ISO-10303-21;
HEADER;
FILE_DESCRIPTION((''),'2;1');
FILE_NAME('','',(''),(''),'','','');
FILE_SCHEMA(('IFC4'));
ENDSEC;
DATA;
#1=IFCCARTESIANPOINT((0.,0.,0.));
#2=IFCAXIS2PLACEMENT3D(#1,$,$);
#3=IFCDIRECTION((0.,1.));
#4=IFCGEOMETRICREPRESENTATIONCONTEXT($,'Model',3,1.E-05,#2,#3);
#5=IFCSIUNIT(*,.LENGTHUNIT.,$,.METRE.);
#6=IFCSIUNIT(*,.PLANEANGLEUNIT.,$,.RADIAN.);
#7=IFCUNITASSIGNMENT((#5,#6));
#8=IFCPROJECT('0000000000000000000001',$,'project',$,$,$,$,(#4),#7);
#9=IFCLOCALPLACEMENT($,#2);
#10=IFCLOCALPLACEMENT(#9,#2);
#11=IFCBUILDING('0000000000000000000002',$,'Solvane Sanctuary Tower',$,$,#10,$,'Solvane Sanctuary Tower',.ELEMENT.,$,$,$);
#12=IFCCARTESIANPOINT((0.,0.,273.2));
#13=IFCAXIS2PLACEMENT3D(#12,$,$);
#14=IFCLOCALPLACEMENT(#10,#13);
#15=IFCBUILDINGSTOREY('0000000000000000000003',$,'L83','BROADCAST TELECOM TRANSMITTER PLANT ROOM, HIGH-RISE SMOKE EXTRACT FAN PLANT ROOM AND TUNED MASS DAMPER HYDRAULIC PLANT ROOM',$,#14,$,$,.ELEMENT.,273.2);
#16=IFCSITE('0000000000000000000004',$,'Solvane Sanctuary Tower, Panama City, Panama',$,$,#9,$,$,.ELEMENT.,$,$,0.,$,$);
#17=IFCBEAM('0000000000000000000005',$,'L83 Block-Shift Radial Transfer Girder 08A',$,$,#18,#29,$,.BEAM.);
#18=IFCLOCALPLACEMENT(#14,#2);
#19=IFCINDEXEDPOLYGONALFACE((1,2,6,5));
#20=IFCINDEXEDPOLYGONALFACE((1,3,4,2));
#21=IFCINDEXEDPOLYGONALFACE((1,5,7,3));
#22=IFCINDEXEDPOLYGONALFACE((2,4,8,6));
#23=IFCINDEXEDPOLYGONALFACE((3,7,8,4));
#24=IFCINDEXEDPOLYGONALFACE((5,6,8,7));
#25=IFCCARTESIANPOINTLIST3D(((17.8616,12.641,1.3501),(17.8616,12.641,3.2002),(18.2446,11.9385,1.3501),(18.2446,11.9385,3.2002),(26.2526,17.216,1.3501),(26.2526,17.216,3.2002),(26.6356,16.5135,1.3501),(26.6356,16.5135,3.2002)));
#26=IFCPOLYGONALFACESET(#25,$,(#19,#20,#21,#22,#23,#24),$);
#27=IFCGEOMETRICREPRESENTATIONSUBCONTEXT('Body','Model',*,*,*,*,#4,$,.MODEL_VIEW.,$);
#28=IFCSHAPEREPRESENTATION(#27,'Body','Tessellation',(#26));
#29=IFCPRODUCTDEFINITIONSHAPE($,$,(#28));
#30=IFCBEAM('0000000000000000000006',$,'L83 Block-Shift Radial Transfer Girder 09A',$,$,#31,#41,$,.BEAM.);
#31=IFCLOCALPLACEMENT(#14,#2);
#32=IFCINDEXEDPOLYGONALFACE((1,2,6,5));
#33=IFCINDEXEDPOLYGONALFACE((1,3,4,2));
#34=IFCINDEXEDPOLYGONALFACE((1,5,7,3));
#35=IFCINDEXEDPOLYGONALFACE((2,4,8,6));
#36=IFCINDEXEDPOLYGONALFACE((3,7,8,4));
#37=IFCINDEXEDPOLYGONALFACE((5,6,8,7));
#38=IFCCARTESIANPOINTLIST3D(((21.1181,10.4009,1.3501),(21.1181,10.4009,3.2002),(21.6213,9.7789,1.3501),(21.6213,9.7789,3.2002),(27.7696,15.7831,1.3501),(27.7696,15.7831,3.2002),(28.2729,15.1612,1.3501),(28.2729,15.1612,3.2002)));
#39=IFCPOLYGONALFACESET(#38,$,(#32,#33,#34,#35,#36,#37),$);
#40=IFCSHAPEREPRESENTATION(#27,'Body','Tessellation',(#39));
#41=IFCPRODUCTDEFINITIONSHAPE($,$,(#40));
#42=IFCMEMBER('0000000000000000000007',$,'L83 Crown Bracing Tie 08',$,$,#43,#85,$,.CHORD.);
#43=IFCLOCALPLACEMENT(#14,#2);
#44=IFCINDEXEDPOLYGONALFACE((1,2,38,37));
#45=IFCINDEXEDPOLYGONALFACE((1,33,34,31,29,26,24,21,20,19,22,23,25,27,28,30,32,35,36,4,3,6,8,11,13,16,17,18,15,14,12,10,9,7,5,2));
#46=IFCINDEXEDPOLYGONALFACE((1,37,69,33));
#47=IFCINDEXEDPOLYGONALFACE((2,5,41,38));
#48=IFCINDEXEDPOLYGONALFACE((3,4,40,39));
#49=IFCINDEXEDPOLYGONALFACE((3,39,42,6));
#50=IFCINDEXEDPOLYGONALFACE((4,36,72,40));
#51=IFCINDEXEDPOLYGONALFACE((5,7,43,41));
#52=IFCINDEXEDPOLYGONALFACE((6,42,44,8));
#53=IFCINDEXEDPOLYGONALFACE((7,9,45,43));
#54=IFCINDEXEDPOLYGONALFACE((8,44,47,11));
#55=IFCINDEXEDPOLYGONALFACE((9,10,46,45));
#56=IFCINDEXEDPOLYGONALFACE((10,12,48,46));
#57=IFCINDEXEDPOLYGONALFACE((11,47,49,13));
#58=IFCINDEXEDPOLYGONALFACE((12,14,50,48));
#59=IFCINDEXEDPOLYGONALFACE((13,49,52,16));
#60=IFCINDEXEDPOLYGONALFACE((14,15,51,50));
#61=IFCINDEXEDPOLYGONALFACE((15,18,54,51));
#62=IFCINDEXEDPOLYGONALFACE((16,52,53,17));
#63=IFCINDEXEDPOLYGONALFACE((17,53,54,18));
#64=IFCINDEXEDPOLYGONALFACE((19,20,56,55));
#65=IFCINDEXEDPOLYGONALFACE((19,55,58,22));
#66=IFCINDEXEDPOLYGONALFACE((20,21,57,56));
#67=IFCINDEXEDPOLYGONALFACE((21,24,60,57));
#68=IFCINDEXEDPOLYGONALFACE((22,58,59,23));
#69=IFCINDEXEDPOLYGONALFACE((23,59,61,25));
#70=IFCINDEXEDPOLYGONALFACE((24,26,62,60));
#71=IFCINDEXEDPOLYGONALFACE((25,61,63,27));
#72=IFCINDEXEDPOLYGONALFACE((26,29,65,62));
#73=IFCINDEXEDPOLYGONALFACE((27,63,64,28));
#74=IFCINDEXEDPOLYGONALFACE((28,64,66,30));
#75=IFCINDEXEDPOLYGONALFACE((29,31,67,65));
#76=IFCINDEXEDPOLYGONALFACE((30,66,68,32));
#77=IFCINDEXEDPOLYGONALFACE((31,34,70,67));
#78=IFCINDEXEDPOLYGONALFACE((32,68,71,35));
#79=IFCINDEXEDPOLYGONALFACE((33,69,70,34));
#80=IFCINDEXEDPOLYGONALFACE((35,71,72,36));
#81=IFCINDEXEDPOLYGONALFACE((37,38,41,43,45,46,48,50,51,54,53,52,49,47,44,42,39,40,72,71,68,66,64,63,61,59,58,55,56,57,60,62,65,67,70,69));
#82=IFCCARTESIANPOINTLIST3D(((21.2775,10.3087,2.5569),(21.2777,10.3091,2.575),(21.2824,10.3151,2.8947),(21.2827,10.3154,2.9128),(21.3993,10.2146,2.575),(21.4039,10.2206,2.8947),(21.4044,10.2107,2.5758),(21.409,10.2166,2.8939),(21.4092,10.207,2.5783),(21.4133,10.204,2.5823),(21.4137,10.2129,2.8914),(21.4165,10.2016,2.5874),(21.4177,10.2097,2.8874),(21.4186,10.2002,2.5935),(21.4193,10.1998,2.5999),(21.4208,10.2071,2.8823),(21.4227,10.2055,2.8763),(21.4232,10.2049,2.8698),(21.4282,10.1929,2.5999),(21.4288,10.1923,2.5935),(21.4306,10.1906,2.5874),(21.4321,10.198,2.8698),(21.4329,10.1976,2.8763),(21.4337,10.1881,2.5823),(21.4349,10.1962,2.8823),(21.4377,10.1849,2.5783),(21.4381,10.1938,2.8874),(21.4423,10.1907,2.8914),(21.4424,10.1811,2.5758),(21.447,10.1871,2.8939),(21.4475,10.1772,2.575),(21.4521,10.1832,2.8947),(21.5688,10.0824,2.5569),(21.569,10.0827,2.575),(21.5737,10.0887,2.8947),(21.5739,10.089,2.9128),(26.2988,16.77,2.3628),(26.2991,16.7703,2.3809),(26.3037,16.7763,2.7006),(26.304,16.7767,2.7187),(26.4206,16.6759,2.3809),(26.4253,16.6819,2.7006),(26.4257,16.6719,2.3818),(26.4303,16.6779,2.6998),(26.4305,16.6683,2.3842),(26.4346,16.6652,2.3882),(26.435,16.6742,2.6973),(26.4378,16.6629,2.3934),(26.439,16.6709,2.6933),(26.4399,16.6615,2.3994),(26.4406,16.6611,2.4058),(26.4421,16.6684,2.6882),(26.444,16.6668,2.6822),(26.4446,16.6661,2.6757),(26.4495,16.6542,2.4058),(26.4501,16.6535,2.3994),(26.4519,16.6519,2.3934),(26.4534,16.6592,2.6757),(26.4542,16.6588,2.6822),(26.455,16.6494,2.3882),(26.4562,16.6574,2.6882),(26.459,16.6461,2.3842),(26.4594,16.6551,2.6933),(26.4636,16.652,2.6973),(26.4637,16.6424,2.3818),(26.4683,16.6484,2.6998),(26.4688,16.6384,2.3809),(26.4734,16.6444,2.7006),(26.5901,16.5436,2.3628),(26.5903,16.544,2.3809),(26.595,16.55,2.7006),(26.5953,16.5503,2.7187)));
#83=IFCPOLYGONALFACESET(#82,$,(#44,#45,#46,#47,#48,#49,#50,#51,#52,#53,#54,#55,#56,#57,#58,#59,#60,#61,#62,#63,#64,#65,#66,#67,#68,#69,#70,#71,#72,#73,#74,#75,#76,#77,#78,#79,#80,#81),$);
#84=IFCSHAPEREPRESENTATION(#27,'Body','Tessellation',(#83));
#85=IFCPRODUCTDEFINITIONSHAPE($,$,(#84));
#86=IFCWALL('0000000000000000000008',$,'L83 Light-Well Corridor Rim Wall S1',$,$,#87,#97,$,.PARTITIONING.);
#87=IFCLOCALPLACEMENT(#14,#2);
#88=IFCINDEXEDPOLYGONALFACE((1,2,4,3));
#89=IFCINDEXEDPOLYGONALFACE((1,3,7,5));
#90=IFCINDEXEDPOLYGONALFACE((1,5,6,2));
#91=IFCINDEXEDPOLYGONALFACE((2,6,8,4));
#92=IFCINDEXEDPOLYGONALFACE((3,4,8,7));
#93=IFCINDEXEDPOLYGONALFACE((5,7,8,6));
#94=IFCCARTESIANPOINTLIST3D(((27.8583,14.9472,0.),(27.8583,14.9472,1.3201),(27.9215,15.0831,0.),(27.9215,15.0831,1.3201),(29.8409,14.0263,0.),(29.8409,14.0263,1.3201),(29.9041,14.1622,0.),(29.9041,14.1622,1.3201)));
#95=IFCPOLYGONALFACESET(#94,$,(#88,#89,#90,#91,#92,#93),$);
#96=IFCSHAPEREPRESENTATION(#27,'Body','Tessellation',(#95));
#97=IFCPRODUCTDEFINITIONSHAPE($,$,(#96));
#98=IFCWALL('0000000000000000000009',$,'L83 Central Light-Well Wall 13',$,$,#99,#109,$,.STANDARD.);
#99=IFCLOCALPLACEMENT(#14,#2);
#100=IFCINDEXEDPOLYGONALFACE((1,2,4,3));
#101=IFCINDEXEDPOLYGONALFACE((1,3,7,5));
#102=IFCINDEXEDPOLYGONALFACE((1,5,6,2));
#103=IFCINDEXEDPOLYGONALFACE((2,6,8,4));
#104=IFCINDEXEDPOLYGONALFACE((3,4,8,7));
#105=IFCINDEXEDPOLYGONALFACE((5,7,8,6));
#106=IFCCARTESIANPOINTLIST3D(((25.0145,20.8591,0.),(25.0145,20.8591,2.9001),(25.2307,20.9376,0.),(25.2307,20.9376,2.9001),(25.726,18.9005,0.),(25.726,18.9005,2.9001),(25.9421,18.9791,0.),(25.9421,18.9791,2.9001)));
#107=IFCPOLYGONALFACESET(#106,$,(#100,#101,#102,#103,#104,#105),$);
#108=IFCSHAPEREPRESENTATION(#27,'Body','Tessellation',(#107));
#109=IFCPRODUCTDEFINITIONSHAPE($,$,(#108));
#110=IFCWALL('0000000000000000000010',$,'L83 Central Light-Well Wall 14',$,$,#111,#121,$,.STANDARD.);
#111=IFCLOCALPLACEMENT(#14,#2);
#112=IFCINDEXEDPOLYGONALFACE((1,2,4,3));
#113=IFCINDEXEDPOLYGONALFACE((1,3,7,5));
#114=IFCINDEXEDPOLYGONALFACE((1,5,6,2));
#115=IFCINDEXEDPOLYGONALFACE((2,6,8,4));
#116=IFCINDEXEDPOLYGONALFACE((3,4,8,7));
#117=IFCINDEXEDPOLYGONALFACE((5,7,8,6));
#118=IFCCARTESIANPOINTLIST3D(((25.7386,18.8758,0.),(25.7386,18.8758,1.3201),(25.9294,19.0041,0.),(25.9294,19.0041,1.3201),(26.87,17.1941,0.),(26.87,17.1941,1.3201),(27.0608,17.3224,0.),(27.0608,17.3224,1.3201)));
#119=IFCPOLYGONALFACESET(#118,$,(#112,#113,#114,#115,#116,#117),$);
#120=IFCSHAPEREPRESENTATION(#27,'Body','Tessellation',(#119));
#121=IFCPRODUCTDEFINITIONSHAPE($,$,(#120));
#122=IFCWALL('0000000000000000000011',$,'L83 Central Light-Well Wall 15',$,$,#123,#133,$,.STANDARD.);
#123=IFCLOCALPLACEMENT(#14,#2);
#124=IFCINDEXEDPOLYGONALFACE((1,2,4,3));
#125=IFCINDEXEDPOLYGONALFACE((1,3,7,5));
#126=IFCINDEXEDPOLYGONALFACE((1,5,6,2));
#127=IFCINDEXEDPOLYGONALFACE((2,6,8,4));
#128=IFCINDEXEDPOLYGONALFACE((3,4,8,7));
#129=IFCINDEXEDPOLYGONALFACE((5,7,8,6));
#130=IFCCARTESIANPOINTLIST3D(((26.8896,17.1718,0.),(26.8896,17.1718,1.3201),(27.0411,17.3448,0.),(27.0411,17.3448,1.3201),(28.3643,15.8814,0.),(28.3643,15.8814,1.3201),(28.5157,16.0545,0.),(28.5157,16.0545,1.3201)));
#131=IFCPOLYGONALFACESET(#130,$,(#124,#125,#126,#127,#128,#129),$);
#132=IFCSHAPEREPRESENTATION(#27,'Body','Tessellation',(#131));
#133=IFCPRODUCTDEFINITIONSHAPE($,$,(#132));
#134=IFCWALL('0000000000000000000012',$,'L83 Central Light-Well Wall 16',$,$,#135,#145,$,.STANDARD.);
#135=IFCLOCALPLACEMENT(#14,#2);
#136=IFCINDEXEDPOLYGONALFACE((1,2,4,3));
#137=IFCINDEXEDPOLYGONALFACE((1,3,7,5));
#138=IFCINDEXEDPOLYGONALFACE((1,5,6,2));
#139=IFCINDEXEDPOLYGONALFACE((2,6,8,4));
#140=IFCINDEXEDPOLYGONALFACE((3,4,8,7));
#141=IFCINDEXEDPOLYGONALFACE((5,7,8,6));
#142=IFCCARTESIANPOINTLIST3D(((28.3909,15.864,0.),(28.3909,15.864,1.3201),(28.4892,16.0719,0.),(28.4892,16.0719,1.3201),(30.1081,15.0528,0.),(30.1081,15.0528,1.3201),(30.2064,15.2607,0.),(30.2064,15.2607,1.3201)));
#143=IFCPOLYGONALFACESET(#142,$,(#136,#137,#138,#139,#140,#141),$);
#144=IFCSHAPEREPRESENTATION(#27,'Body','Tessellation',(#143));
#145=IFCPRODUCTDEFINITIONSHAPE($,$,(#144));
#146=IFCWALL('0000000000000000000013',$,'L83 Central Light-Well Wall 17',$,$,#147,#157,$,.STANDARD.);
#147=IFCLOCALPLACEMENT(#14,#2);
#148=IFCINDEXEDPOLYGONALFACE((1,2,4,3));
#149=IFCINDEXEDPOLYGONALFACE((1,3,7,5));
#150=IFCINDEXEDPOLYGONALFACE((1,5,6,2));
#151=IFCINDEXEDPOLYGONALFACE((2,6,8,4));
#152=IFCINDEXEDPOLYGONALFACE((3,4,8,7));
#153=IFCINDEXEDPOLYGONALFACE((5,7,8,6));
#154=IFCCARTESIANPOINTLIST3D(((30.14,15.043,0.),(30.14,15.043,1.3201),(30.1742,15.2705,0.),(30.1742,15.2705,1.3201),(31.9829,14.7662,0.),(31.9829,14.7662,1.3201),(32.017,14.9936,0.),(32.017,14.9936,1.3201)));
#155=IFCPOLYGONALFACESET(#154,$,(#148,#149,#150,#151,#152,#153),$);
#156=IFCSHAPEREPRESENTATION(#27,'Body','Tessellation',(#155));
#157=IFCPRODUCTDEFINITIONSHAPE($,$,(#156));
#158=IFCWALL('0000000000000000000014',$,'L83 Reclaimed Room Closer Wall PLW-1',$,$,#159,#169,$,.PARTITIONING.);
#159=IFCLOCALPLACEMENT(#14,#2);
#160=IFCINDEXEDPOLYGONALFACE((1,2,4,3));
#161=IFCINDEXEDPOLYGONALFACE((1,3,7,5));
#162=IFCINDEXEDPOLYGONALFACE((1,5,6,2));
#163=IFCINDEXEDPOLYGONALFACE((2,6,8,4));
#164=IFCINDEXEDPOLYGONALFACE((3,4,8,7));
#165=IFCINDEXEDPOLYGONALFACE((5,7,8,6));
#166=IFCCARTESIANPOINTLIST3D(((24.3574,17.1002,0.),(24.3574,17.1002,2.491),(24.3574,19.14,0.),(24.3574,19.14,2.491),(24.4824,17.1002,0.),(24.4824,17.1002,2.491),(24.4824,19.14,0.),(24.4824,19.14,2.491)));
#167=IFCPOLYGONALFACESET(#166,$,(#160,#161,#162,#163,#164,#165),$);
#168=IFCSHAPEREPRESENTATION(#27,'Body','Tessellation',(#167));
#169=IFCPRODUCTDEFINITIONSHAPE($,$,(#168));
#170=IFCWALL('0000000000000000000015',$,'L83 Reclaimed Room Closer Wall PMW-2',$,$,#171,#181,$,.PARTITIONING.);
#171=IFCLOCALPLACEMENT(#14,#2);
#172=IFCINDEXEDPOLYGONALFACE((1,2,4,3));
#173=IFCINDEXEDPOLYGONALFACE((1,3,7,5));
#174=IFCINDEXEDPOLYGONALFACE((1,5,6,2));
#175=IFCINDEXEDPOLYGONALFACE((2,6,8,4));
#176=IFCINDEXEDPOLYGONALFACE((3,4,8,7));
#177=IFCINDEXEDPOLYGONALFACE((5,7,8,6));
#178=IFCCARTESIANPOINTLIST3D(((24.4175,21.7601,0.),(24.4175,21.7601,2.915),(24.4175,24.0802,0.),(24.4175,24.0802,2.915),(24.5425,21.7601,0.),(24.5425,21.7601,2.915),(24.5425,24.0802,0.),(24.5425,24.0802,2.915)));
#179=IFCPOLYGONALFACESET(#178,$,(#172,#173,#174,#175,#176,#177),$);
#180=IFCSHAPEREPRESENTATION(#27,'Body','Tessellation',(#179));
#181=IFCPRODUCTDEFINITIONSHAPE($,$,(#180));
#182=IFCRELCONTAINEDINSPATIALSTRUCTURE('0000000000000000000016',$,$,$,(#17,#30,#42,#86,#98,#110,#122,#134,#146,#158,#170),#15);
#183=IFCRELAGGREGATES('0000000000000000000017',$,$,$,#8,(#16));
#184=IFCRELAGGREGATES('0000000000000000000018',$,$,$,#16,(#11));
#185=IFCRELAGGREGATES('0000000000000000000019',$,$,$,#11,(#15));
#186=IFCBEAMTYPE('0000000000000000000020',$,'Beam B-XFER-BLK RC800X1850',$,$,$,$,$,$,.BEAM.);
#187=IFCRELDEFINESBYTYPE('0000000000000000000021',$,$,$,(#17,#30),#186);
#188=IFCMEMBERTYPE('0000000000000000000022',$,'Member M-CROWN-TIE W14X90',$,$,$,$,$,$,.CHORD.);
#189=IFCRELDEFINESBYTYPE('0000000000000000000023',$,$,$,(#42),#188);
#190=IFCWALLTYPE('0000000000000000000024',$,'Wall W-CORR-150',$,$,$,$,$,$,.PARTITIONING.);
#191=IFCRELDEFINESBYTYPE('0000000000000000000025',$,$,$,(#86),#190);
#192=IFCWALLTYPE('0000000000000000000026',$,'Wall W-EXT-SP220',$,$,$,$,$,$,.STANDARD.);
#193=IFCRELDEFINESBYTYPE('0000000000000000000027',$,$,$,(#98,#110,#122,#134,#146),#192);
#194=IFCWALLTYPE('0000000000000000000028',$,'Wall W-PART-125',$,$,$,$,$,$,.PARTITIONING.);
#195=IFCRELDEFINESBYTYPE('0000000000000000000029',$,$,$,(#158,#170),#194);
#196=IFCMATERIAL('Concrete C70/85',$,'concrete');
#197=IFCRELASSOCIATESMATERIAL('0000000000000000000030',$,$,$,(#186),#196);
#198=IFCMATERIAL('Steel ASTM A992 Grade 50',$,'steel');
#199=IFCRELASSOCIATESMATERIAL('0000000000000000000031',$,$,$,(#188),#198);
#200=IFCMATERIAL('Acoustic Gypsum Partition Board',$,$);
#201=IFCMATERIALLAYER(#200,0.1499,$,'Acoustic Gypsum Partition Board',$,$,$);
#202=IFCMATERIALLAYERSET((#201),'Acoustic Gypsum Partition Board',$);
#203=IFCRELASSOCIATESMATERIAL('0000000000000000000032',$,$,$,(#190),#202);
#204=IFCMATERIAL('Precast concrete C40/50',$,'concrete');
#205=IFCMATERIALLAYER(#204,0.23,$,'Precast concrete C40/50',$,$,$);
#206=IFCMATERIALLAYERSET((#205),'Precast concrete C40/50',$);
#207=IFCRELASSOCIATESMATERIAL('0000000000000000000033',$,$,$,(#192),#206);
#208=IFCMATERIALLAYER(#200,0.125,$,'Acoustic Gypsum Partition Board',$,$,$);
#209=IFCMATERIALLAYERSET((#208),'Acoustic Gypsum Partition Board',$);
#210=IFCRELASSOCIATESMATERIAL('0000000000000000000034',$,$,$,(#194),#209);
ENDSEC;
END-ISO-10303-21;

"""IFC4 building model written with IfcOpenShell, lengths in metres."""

from ifc_helpers import new_model, si_unit, direction, frame, frame_2d, origin, origin_2d, place, context, subcontext, project, spatial, rectangle, i_section, extrude, material, layer, layer_set, material_profile, profile_set, type_object, element, save


model = new_model("IFC4")

# Units and contexts
model_context = context("Model", 3, precision=1e-05, world=origin(), true_north=direction((0.0, 1.0)))
body_context = subcontext(model_context, "Body", "Model", "MODEL_VIEW")
ifc_project = project(units=[si_unit("LENGTHUNIT", "METRE"), si_unit("PLANEANGLEUNIT", "RADIAN")], contexts=[model_context])

# Site, building, storey
site_placement = place(None, origin())
site = spatial("IfcSite", under=ifc_project, at=site_placement, Name="Solvane Sanctuary Tower, Panama City, Panama", CompositionType="ELEMENT", RefElevation=0.0)
building_placement = place(site_placement, origin())
building = spatial("IfcBuilding", under=site, at=building_placement, Name="Solvane Sanctuary Tower", LongName="Solvane Sanctuary Tower", CompositionType="ELEMENT")
storey_placement = place(building_placement, frame((0.0, 0.0, 273.2)))
storey = spatial("IfcBuildingStorey", under=building, at=storey_placement, Name="L83", Description="BROADCAST TELECOM TRANSMITTER PLANT ROOM, HIGH-RISE SMOKE EXTRACT FAN PLANT ROOM AND TUNED MASS DAMPER HYDRAULIC PLANT ROOM", CompositionType="ELEMENT", Elevation=273.2)

# Shared definitions
ifc_material_1 = material(Name="Concrete C70/85", Category="concrete")

# Beams
ifc_material_2 = material(Name="Steel ASTM A992 Grade 50", Category="steel")
ifc_material_profile_1 = material_profile(ifc_material_1, rectangle(XDim=0.8, YDim=1.8501, at=origin_2d()), Name="RC800X1850")
ifc_profile_set_1 = profile_set([ifc_material_profile_1], Name="Concrete C70/85")
beam_type_1 = type_object("IfcBeamType", Name="Beam B-XFER-BLK RC800X1850", PredefinedType="BEAM", material=ifc_profile_set_1)
beam_1_placement = place(storey_placement, frame((26.4441, 16.8647, 2.2751), z_axis=(-0.877979, -0.4787, 0.0), x_axis=(0.4787, -0.877979, 0.0)))
element("IfcBeam", 1, at=beam_1_placement, inside=storey, type_object=beam_type_1, Name="L83 Block-Shift Radial Transfer Girder 08A", PredefinedType="BEAM", context=body_context, shape_type="SweptSolid", body=[
    extrude(rectangle(XDim=0.8, YDim=1.8501, at=origin_2d()), origin(), (0.0, 0.0, 1.0), 9.5571),
])
beam_2_placement = place(storey_placement, frame((28.0212, 15.4722, 2.2751), z_axis=(-0.777377, -0.629035, 0.0), x_axis=(0.629035, -0.777377, 0.0)))
element("IfcBeam", 2, at=beam_2_placement, inside=storey, type_object=beam_type_1, Name="L83 Block-Shift Radial Transfer Girder 09A", PredefinedType="BEAM", context=body_context, shape_type="SweptSolid", body=[
    extrude(rectangle(XDim=0.8, YDim=1.8501, at=origin_2d()), origin(), (0.0, 0.0, 1.0), 8.5564),
])

# Member
ifc_material_profile_2 = material_profile(ifc_material_2, i_section(OverallWidth=0.3689, OverallDepth=0.356, WebThickness=0.0112, FlangeThickness=0.0181, FilletRadius=0.0249, at=origin_2d()), Name="W14X90")
ifc_profile_set_2 = profile_set([ifc_material_profile_2], Name="Steel ASTM A992 Grade 50")
member_type = type_object("IfcMemberType", Name="Member M-CROWN-TIE W14X90", PredefinedType="CHORD", material=ifc_profile_set_2)
member_placement = place(storey_placement, frame((26.447, 16.6602, 2.5408), z_axis=(-0.613454, -0.789374, 0.023713), x_axis=(0.789596, -0.613627, 0.0)))
element("IfcMember", 3, at=member_placement, inside=storey, type_object=member_type, Name="L83 Crown Bracing Tie 08", PredefinedType="CHORD", context=body_context, shape_type="SweptSolid", body=[
    extrude(i_section(OverallWidth=0.3689, OverallDepth=0.356, WebThickness=0.0112, FlangeThickness=0.0181, FilletRadius=0.0249, at=origin_2d()), origin(), (0.0, 0.0, 1.0), 8.1853),
])

# Walls
ifc_material_3 = material(Name="Acoustic Gypsum Partition Board")
ifc_layer_1 = layer(ifc_material_3, 0.1499, Name="Acoustic Gypsum Partition Board")
ifc_layer_set_1 = layer_set([ifc_layer_1], Name="Acoustic Gypsum Partition Board")
wall_type_1 = type_object("IfcWallType", Name="Wall W-CORR-150", PredefinedType="PARTITIONING", material=ifc_layer_set_1)
wall_1_placement = place(storey_placement, frame((27.8899, 15.0151, 0.0), z_axis=(0.0, 0.0, 1.0), x_axis=(0.906943, -0.421252, 0.0)))
element("IfcWall", 4, at=wall_1_placement, inside=storey, type_object=wall_type_1, Name="L83 Light-Well Corridor Rim Wall S1", PredefinedType="PARTITIONING", context=body_context, shape_type="SweptSolid", body=[
    extrude(rectangle(XDim=2.186, YDim=0.1499, at=frame_2d((1.093, 0.0))), origin(), (0.0, 0.0, 1.0), 1.3201),
])
ifc_material_4 = material(Name="Precast concrete C40/50", Category="concrete")
ifc_layer_2 = layer(ifc_material_4, 0.23, Name="Precast concrete C40/50")
ifc_layer_set_2 = layer_set([ifc_layer_2], Name="Precast concrete C40/50")
wall_type_2 = type_object("IfcWallType", Name="Wall W-EXT-SP220", PredefinedType="STANDARD", material=ifc_layer_set_2)
wall_2_placement = place(storey_placement, frame((25.1226, 20.8984, 0.0), z_axis=(0.0, 0.0, 1.0), x_axis=(0.341423, -0.93991, 0.0)))
element("IfcWall", 5, at=wall_2_placement, inside=storey, type_object=wall_type_2, Name="L83 Central Light-Well Wall 13", PredefinedType="STANDARD", context=body_context, shape_type="SweptSolid", body=[
    extrude(rectangle(XDim=2.0837, YDim=0.23, at=frame_2d((1.042, 0.0))), origin(), (0.0, 0.0, 1.0), 2.9001),
])
wall_3_placement = place(storey_placement, frame((25.834, 18.9399, 0.0), z_axis=(0.0, 0.0, 1.0), x_axis=(0.558198, -0.829708, 0.0)))
element("IfcWall", 6, at=wall_3_placement, inside=storey, type_object=wall_type_2, Name="L83 Central Light-Well Wall 14", PredefinedType="STANDARD", context=body_context, shape_type="SweptSolid", body=[
    extrude(rectangle(XDim=2.0269, YDim=0.23, at=frame_2d((1.0134, 0.0))), origin(), (0.0, 0.0, 1.0), 1.3201),
])
wall_4_placement = place(storey_placement, frame((26.9653, 17.2583, 0.0), z_axis=(0.0, 0.0, 1.0), x_axis=(0.752577, -0.658505, 0.0)))
element("IfcWall", 7, at=wall_4_placement, inside=storey, type_object=wall_type_2, Name="L83 Central Light-Well Wall 15", PredefinedType="STANDARD", context=body_context, shape_type="SweptSolid", body=[
    extrude(rectangle(XDim=1.9595, YDim=0.23, at=frame_2d((0.9797, 0.0))), origin(), (0.0, 0.0, 1.0), 1.3201),
])
wall_5_placement = place(storey_placement, frame((28.4399, 15.968, 0.0), z_axis=(0.0, 0.0, 1.0), x_axis=(0.90418, -0.427152, 0.0)))
element("IfcWall", 8, at=wall_5_placement, inside=storey, type_object=wall_type_2, Name="L83 Central Light-Well Wall 16", PredefinedType="STANDARD", context=body_context, shape_type="SweptSolid", body=[
    extrude(rectangle(XDim=1.8992, YDim=0.23, at=frame_2d((0.9497, 0.0))), origin(), (0.0, 0.0, 1.0), 1.3201),
])
wall_6_placement = place(storey_placement, frame((30.1572, 15.1567, 0.0), z_axis=(0.0, 0.0, 1.0), x_axis=(0.988902, -0.148571, 0.0)))
element("IfcWall", 9, at=wall_6_placement, inside=storey, type_object=wall_type_2, Name="L83 Central Light-Well Wall 17", PredefinedType="STANDARD", context=body_context, shape_type="SweptSolid", body=[
    extrude(rectangle(XDim=1.8635, YDim=0.23, at=frame_2d((0.9316, 0.0))), origin(), (0.0, 0.0, 1.0), 1.3201),
])
ifc_layer_3 = layer(ifc_material_3, 0.125, Name="Acoustic Gypsum Partition Board")
ifc_layer_set_3 = layer_set([ifc_layer_3], Name="Acoustic Gypsum Partition Board")
wall_type_3 = type_object("IfcWallType", Name="Wall W-PART-125", PredefinedType="PARTITIONING", material=ifc_layer_set_3)
wall_7_placement = place(storey_placement, frame((24.4199, 17.1001, 0.0), z_axis=(0.0, 0.0, 1.0), x_axis=(0.0, 1.0, 0.0)))
element("IfcWall", 10, at=wall_7_placement, inside=storey, type_object=wall_type_3, Name="L83 Reclaimed Room Closer Wall PLW-1", PredefinedType="PARTITIONING", context=body_context, shape_type="SweptSolid", body=[
    extrude(rectangle(XDim=2.0398, YDim=0.125, at=frame_2d((1.02, 0.0))), origin(), (0.0, 0.0, 1.0), 2.491),
])
wall_8_placement = place(storey_placement, frame((24.48, 21.76, 0.0), z_axis=(0.0, 0.0, 1.0), x_axis=(0.0, 1.0, 0.0)))
element("IfcWall", 11, at=wall_8_placement, inside=storey, type_object=wall_type_3, Name="L83 Reclaimed Room Closer Wall PMW-2", PredefinedType="PARTITIONING", context=body_context, shape_type="SweptSolid", body=[
    extrude(rectangle(XDim=2.3201, YDim=0.125, at=frame_2d((1.1602, 0.0))), origin(), (0.0, 0.0, 1.0), 2.915),
])

save(model, "model.ifc")
